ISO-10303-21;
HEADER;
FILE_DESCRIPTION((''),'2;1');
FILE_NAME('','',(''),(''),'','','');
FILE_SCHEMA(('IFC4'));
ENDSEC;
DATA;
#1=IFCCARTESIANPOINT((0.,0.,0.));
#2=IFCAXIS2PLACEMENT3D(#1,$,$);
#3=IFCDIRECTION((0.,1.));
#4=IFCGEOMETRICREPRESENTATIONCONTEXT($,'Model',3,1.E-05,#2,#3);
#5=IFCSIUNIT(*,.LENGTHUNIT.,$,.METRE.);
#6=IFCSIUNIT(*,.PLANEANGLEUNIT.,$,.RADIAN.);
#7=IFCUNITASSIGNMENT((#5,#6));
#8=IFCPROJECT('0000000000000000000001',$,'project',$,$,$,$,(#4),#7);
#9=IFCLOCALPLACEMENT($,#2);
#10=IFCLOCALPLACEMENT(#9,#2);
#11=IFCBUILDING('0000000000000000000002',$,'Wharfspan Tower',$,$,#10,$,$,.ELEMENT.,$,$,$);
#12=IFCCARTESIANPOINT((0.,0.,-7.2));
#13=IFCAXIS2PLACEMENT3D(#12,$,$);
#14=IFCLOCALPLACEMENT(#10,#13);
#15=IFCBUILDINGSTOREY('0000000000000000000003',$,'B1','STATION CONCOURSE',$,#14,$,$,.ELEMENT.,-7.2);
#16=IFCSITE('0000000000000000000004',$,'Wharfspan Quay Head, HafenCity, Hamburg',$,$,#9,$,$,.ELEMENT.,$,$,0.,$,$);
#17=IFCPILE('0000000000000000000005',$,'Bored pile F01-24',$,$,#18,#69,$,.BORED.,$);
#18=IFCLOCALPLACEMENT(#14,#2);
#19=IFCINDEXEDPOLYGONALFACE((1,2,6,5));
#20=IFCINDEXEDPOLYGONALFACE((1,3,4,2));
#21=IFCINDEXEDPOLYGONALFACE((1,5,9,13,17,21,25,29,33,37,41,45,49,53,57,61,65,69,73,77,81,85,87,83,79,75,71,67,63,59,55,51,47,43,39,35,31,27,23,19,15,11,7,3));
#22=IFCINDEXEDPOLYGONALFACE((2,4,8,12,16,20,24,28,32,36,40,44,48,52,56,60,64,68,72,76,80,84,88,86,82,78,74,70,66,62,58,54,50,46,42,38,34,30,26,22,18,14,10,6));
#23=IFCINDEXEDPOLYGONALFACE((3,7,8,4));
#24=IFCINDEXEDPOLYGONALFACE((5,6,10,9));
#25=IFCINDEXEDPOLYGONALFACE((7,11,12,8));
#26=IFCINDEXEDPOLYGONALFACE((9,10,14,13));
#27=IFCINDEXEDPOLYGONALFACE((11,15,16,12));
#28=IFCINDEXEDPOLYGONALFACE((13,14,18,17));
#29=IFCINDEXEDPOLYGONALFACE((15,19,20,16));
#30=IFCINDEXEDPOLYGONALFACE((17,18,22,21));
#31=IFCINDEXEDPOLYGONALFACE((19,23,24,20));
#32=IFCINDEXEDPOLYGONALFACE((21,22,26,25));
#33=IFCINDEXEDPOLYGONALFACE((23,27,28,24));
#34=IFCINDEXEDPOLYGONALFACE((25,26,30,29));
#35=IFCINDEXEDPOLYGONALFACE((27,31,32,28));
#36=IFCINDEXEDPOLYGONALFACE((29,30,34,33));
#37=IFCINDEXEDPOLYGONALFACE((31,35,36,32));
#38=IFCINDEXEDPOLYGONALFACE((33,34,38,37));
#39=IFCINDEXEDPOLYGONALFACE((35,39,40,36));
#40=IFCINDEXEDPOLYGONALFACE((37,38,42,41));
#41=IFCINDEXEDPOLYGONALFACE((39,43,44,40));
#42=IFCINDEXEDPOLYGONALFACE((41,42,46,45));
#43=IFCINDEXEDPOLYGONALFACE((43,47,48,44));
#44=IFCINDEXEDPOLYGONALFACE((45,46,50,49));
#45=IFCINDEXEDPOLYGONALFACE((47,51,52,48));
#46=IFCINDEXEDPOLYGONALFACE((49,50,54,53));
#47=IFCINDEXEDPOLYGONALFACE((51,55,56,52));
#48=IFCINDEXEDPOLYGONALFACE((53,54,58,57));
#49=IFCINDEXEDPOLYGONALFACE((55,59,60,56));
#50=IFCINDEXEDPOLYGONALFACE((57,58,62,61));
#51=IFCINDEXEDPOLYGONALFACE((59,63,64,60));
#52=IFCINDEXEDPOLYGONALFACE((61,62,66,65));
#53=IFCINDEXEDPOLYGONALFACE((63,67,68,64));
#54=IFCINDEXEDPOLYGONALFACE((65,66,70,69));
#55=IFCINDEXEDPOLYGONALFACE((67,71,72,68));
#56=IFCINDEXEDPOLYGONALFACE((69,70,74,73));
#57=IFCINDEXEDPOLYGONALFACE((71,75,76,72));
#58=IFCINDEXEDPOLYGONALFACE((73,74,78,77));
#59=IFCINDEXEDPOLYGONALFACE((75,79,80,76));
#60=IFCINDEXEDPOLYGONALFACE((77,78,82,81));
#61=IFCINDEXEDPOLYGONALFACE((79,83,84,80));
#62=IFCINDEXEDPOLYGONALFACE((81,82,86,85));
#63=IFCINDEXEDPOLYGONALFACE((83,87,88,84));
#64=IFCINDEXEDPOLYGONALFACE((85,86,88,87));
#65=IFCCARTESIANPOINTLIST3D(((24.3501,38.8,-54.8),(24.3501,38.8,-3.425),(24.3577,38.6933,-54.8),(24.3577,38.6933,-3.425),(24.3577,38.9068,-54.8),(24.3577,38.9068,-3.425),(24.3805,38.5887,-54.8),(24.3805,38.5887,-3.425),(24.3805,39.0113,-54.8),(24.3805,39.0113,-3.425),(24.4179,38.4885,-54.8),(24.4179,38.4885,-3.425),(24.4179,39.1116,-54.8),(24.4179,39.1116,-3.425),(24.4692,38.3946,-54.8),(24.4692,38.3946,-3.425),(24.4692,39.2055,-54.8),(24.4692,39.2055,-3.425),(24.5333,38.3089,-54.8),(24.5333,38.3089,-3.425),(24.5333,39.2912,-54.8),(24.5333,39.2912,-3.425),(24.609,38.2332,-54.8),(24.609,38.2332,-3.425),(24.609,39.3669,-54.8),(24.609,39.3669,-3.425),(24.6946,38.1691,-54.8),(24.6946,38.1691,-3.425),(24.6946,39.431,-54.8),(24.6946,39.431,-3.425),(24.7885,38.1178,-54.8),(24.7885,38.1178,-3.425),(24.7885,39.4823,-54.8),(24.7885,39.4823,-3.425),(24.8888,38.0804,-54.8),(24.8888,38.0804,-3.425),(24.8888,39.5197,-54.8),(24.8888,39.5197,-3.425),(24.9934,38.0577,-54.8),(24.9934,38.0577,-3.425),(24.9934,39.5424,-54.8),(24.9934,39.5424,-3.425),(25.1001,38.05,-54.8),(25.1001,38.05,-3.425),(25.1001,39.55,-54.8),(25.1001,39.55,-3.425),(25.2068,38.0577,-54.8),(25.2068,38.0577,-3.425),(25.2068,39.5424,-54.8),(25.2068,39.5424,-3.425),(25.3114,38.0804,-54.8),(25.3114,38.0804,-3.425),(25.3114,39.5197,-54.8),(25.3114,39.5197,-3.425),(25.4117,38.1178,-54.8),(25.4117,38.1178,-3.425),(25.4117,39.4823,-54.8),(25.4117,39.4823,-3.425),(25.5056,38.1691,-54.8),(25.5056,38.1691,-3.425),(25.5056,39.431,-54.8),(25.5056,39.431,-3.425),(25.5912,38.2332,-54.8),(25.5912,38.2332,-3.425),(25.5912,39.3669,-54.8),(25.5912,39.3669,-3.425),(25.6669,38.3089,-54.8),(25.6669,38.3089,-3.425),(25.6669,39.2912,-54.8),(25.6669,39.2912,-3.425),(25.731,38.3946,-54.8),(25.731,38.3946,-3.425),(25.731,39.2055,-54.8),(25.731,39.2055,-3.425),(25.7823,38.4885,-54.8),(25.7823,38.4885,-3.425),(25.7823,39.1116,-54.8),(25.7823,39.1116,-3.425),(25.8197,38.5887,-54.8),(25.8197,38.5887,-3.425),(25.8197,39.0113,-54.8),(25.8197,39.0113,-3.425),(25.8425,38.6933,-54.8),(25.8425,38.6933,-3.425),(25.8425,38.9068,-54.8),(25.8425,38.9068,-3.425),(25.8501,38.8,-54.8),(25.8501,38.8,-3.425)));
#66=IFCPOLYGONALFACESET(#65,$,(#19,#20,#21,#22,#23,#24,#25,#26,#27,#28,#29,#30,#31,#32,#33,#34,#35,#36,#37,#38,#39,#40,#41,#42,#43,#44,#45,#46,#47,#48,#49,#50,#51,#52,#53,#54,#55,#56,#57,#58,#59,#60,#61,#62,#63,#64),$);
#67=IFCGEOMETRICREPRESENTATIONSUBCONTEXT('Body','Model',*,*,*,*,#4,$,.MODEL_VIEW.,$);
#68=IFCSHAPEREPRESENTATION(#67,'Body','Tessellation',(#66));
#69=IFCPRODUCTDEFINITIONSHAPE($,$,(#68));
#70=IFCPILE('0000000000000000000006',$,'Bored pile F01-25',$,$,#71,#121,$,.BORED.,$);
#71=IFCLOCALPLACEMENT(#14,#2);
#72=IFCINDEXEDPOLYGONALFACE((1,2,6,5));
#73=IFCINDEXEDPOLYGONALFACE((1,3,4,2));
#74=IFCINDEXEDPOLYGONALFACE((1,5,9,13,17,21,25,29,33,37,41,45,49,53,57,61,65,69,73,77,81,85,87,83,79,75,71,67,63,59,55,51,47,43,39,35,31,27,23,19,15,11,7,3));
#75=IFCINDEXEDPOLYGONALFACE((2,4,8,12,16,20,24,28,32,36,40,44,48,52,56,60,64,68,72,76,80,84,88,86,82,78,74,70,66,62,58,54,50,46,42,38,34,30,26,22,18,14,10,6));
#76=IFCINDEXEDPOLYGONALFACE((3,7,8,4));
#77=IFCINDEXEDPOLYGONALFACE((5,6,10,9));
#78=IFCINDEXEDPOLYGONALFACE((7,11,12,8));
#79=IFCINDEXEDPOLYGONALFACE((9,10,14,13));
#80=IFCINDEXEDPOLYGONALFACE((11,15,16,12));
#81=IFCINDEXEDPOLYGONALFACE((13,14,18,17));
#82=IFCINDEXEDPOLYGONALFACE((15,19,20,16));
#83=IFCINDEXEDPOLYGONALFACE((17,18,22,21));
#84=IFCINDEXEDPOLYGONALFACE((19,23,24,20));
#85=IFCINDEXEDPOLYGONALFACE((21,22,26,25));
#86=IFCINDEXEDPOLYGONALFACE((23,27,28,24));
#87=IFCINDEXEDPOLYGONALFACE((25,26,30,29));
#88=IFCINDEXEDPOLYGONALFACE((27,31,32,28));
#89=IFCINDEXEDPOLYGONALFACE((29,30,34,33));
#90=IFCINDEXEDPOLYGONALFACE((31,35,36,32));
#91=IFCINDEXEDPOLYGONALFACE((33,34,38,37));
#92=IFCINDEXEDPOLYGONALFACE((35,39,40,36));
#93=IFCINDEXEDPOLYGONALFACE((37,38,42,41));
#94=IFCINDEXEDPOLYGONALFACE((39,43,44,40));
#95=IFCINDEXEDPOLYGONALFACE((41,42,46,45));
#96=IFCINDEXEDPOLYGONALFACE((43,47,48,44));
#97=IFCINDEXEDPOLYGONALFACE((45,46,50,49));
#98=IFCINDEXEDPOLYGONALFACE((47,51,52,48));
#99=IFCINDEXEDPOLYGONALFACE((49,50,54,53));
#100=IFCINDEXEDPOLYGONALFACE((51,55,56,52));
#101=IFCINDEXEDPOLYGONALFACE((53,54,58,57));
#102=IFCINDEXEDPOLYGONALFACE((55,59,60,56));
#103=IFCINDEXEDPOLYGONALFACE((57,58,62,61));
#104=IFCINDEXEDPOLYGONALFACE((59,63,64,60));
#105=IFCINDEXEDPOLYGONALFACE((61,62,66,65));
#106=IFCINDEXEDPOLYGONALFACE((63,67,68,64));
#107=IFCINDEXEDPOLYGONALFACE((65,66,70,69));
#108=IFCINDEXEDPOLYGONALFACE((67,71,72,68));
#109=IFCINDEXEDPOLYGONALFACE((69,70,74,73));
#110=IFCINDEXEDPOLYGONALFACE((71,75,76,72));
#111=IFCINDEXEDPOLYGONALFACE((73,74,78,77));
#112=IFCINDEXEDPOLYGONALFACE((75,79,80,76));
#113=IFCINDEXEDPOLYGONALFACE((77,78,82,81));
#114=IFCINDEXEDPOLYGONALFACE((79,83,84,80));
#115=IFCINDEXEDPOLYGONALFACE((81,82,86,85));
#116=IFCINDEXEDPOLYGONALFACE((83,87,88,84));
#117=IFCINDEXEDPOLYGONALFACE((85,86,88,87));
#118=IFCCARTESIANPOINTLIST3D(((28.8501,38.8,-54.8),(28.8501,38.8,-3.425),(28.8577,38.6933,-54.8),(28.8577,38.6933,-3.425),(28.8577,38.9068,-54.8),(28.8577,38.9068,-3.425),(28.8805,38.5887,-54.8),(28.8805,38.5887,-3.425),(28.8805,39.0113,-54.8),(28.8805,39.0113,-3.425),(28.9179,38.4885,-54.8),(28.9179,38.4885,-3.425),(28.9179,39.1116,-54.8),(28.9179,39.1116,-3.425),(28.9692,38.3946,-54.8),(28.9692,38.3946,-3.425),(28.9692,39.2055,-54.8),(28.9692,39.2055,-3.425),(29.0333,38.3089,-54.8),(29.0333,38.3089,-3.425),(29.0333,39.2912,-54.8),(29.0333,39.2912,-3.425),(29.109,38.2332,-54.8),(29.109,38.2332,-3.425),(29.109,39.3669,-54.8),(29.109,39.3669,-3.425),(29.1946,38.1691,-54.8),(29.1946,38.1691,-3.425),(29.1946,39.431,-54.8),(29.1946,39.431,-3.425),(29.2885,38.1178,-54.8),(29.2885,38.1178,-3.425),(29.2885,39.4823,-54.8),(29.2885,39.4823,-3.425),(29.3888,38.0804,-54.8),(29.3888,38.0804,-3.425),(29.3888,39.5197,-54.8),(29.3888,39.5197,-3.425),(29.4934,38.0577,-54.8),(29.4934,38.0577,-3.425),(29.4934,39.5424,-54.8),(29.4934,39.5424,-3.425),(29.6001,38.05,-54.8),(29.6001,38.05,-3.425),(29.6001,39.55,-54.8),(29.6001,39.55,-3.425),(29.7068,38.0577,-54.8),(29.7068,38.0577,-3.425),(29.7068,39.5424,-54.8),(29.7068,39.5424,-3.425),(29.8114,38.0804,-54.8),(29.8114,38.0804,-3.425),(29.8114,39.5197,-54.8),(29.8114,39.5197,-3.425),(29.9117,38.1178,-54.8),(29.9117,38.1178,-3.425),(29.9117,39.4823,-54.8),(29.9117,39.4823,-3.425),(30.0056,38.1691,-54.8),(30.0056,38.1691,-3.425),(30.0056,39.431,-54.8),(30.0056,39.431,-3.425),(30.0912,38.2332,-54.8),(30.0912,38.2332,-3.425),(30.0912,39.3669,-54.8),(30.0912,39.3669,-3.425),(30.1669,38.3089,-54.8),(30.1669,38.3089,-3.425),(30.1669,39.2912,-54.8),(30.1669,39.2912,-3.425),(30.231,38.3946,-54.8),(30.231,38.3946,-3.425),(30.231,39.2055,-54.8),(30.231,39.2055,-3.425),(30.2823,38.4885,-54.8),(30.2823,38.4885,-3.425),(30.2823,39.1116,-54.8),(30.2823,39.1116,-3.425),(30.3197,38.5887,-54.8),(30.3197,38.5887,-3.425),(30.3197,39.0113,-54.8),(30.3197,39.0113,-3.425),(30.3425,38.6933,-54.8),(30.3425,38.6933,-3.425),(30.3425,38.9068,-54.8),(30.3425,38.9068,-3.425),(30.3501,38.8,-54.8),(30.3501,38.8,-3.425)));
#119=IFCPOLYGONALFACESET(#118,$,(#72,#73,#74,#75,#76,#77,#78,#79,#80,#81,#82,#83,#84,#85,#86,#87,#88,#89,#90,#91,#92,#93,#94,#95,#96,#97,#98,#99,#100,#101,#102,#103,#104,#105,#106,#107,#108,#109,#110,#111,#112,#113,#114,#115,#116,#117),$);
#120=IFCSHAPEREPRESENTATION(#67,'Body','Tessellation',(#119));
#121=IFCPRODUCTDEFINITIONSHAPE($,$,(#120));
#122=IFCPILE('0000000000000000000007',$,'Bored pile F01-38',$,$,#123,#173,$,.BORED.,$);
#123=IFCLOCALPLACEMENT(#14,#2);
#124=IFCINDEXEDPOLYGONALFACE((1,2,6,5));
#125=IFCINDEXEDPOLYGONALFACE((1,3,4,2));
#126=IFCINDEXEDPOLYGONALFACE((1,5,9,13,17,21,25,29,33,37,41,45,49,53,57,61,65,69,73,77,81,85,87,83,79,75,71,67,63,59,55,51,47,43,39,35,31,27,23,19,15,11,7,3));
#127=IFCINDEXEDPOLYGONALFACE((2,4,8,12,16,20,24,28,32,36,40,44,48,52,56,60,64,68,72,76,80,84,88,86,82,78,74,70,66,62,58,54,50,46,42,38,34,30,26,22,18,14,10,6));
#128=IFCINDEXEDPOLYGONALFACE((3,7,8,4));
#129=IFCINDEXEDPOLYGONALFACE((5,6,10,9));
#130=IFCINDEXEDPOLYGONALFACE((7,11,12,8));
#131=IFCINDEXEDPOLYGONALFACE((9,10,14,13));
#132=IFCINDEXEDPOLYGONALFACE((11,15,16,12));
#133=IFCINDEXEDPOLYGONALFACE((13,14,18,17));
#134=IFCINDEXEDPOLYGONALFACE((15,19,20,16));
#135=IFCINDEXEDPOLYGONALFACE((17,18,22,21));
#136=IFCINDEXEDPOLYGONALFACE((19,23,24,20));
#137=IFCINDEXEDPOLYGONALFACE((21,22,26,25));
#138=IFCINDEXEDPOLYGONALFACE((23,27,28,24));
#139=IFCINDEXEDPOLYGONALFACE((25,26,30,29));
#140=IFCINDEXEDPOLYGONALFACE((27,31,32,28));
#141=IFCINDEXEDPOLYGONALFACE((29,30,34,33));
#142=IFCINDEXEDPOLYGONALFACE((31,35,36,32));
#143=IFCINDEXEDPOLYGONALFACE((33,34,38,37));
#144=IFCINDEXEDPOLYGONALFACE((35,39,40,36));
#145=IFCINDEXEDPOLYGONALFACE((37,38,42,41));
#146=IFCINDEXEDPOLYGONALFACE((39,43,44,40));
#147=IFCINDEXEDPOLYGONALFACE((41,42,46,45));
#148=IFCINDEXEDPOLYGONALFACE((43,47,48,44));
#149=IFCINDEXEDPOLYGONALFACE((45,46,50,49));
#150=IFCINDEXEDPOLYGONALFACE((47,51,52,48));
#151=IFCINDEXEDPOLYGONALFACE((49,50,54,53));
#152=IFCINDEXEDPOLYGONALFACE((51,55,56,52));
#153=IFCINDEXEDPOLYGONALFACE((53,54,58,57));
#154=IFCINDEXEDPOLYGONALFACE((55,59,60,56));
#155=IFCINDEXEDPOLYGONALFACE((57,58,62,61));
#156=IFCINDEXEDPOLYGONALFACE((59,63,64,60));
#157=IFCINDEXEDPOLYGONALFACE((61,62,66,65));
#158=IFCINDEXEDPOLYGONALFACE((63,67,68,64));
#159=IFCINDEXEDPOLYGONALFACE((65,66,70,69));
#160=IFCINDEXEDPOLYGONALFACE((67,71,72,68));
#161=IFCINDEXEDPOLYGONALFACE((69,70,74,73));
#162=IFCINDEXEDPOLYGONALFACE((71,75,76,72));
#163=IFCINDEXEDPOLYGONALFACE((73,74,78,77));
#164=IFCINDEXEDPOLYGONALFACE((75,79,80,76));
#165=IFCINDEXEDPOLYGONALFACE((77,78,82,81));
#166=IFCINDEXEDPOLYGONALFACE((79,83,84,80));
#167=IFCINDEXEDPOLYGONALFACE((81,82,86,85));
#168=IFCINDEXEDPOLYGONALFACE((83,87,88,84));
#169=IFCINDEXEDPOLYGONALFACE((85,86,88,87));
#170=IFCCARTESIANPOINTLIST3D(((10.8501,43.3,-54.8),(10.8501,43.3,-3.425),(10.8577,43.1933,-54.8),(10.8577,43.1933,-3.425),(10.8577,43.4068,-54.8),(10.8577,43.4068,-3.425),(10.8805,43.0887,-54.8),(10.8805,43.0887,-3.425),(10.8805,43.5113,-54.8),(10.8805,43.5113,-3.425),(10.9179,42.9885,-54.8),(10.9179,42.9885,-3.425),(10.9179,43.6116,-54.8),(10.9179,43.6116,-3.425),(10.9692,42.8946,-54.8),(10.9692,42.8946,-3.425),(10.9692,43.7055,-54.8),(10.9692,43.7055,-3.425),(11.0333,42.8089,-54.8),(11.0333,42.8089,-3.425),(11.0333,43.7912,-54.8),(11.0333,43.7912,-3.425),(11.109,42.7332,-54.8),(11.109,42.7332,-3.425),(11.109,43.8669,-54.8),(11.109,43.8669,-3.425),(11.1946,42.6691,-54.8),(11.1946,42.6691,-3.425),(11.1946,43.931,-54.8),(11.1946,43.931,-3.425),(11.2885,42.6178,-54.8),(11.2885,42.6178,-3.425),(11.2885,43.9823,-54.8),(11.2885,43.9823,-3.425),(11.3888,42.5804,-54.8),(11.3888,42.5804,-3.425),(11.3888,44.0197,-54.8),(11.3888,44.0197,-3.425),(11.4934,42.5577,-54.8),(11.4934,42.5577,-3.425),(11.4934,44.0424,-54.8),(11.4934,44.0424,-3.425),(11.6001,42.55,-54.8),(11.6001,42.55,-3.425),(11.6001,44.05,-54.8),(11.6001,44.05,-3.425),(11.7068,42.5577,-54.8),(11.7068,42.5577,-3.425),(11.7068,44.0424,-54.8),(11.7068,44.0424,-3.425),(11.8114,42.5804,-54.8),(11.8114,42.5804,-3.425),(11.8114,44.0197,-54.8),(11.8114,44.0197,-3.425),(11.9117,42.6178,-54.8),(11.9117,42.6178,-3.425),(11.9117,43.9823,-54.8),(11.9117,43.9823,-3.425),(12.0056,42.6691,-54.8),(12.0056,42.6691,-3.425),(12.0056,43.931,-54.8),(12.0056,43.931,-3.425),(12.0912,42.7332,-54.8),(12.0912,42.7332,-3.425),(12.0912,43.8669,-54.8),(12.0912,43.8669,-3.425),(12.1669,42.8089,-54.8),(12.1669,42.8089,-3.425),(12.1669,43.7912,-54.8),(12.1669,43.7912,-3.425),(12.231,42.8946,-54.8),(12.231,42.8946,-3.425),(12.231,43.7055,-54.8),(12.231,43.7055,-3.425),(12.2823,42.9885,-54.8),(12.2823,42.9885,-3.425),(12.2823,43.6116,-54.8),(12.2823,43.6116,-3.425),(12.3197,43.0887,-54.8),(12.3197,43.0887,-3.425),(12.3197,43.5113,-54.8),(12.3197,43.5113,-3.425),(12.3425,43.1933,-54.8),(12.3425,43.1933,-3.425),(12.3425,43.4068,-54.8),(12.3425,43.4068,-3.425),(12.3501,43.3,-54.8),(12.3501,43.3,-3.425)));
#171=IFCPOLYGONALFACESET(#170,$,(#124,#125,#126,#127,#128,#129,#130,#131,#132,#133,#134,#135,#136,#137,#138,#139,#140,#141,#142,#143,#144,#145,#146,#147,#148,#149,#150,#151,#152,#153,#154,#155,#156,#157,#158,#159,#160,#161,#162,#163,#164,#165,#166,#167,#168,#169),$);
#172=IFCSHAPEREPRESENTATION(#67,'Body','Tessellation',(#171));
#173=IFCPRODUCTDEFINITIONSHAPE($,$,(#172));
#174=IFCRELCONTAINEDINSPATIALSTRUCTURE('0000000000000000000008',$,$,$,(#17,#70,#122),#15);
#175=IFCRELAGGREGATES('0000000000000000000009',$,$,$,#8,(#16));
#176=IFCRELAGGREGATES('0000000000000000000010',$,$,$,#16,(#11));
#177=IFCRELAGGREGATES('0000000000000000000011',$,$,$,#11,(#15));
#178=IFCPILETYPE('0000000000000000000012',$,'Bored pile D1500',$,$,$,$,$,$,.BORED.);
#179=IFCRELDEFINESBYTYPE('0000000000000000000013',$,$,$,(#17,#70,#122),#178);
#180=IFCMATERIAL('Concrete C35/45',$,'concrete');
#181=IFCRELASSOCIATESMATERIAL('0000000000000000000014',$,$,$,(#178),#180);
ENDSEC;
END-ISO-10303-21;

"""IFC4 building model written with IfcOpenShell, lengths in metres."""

from ifc_helpers import new_model, si_unit, direction, frame, origin, origin_2d, place, context, subcontext, project, spatial, circle, extrude, material, material_profile, profile_set, type_object, element, save


model = new_model("IFC4")

# Units and contexts
model_context = context("Model", 3, precision=1e-05, world=origin(), true_north=direction((0.0, 1.0)))
body_context = subcontext(model_context, "Body", "Model", "MODEL_VIEW")
ifc_project = project(units=[si_unit("LENGTHUNIT", "METRE"), si_unit("PLANEANGLEUNIT", "RADIAN")], contexts=[model_context])

# Site, building, storey
site_placement = place(None, origin())
site = spatial("IfcSite", under=ifc_project, at=site_placement, Name="Wharfspan Quay Head, HafenCity, Hamburg", CompositionType="ELEMENT", RefElevation=0.0)
building_placement = place(site_placement, origin())
building = spatial("IfcBuilding", under=site, at=building_placement, Name="Wharfspan Tower", CompositionType="ELEMENT")
storey_placement = place(building_placement, frame((0.0, 0.0, -7.2)))
storey = spatial("IfcBuildingStorey", under=building, at=storey_placement, Name="B1", Description="STATION CONCOURSE", CompositionType="ELEMENT", Elevation=-7.2)

# Piles
ifc_material_1 = material(Name="Concrete C35/45", Category="concrete")
ifc_material_profile_1 = material_profile(ifc_material_1, circle(Radius=0.75, at=origin_2d()))
ifc_profile_set_1 = profile_set([ifc_material_profile_1], Name="Concrete C35/45")
pile_type = type_object("IfcPileType", Name="Bored pile D1500", PredefinedType="BORED", material=ifc_profile_set_1)
for number, where, z_axis, x_axis, name in (
    (1, (25.1001, 38.8, -3.425), (0.0, 0.0, -1.0), (1.0, 0.0, 0.0), "Bored pile F01-24"),
    (2, (29.6001, 38.8, -3.425), (0.0, 0.0, -1.0), (1.0, 0.0, 0.0), "Bored pile F01-25"),
    (3, (11.6001, 43.3, -3.425), (0.0, 0.0, -1.0), (1.0, 0.0, 0.0), "Bored pile F01-38"),
):
    element("IfcPile", number, at=place(storey_placement, frame(where, z_axis=z_axis, x_axis=x_axis)), inside=storey, type_object=pile_type, Name=name, PredefinedType="BORED", context=body_context, shape_type="SweptSolid", body=[
        extrude(circle(Radius=0.75, at=origin_2d()), origin(), (0.0, 0.0, 1.0), 51.375),
    ])

save(model, "model.ifc")
